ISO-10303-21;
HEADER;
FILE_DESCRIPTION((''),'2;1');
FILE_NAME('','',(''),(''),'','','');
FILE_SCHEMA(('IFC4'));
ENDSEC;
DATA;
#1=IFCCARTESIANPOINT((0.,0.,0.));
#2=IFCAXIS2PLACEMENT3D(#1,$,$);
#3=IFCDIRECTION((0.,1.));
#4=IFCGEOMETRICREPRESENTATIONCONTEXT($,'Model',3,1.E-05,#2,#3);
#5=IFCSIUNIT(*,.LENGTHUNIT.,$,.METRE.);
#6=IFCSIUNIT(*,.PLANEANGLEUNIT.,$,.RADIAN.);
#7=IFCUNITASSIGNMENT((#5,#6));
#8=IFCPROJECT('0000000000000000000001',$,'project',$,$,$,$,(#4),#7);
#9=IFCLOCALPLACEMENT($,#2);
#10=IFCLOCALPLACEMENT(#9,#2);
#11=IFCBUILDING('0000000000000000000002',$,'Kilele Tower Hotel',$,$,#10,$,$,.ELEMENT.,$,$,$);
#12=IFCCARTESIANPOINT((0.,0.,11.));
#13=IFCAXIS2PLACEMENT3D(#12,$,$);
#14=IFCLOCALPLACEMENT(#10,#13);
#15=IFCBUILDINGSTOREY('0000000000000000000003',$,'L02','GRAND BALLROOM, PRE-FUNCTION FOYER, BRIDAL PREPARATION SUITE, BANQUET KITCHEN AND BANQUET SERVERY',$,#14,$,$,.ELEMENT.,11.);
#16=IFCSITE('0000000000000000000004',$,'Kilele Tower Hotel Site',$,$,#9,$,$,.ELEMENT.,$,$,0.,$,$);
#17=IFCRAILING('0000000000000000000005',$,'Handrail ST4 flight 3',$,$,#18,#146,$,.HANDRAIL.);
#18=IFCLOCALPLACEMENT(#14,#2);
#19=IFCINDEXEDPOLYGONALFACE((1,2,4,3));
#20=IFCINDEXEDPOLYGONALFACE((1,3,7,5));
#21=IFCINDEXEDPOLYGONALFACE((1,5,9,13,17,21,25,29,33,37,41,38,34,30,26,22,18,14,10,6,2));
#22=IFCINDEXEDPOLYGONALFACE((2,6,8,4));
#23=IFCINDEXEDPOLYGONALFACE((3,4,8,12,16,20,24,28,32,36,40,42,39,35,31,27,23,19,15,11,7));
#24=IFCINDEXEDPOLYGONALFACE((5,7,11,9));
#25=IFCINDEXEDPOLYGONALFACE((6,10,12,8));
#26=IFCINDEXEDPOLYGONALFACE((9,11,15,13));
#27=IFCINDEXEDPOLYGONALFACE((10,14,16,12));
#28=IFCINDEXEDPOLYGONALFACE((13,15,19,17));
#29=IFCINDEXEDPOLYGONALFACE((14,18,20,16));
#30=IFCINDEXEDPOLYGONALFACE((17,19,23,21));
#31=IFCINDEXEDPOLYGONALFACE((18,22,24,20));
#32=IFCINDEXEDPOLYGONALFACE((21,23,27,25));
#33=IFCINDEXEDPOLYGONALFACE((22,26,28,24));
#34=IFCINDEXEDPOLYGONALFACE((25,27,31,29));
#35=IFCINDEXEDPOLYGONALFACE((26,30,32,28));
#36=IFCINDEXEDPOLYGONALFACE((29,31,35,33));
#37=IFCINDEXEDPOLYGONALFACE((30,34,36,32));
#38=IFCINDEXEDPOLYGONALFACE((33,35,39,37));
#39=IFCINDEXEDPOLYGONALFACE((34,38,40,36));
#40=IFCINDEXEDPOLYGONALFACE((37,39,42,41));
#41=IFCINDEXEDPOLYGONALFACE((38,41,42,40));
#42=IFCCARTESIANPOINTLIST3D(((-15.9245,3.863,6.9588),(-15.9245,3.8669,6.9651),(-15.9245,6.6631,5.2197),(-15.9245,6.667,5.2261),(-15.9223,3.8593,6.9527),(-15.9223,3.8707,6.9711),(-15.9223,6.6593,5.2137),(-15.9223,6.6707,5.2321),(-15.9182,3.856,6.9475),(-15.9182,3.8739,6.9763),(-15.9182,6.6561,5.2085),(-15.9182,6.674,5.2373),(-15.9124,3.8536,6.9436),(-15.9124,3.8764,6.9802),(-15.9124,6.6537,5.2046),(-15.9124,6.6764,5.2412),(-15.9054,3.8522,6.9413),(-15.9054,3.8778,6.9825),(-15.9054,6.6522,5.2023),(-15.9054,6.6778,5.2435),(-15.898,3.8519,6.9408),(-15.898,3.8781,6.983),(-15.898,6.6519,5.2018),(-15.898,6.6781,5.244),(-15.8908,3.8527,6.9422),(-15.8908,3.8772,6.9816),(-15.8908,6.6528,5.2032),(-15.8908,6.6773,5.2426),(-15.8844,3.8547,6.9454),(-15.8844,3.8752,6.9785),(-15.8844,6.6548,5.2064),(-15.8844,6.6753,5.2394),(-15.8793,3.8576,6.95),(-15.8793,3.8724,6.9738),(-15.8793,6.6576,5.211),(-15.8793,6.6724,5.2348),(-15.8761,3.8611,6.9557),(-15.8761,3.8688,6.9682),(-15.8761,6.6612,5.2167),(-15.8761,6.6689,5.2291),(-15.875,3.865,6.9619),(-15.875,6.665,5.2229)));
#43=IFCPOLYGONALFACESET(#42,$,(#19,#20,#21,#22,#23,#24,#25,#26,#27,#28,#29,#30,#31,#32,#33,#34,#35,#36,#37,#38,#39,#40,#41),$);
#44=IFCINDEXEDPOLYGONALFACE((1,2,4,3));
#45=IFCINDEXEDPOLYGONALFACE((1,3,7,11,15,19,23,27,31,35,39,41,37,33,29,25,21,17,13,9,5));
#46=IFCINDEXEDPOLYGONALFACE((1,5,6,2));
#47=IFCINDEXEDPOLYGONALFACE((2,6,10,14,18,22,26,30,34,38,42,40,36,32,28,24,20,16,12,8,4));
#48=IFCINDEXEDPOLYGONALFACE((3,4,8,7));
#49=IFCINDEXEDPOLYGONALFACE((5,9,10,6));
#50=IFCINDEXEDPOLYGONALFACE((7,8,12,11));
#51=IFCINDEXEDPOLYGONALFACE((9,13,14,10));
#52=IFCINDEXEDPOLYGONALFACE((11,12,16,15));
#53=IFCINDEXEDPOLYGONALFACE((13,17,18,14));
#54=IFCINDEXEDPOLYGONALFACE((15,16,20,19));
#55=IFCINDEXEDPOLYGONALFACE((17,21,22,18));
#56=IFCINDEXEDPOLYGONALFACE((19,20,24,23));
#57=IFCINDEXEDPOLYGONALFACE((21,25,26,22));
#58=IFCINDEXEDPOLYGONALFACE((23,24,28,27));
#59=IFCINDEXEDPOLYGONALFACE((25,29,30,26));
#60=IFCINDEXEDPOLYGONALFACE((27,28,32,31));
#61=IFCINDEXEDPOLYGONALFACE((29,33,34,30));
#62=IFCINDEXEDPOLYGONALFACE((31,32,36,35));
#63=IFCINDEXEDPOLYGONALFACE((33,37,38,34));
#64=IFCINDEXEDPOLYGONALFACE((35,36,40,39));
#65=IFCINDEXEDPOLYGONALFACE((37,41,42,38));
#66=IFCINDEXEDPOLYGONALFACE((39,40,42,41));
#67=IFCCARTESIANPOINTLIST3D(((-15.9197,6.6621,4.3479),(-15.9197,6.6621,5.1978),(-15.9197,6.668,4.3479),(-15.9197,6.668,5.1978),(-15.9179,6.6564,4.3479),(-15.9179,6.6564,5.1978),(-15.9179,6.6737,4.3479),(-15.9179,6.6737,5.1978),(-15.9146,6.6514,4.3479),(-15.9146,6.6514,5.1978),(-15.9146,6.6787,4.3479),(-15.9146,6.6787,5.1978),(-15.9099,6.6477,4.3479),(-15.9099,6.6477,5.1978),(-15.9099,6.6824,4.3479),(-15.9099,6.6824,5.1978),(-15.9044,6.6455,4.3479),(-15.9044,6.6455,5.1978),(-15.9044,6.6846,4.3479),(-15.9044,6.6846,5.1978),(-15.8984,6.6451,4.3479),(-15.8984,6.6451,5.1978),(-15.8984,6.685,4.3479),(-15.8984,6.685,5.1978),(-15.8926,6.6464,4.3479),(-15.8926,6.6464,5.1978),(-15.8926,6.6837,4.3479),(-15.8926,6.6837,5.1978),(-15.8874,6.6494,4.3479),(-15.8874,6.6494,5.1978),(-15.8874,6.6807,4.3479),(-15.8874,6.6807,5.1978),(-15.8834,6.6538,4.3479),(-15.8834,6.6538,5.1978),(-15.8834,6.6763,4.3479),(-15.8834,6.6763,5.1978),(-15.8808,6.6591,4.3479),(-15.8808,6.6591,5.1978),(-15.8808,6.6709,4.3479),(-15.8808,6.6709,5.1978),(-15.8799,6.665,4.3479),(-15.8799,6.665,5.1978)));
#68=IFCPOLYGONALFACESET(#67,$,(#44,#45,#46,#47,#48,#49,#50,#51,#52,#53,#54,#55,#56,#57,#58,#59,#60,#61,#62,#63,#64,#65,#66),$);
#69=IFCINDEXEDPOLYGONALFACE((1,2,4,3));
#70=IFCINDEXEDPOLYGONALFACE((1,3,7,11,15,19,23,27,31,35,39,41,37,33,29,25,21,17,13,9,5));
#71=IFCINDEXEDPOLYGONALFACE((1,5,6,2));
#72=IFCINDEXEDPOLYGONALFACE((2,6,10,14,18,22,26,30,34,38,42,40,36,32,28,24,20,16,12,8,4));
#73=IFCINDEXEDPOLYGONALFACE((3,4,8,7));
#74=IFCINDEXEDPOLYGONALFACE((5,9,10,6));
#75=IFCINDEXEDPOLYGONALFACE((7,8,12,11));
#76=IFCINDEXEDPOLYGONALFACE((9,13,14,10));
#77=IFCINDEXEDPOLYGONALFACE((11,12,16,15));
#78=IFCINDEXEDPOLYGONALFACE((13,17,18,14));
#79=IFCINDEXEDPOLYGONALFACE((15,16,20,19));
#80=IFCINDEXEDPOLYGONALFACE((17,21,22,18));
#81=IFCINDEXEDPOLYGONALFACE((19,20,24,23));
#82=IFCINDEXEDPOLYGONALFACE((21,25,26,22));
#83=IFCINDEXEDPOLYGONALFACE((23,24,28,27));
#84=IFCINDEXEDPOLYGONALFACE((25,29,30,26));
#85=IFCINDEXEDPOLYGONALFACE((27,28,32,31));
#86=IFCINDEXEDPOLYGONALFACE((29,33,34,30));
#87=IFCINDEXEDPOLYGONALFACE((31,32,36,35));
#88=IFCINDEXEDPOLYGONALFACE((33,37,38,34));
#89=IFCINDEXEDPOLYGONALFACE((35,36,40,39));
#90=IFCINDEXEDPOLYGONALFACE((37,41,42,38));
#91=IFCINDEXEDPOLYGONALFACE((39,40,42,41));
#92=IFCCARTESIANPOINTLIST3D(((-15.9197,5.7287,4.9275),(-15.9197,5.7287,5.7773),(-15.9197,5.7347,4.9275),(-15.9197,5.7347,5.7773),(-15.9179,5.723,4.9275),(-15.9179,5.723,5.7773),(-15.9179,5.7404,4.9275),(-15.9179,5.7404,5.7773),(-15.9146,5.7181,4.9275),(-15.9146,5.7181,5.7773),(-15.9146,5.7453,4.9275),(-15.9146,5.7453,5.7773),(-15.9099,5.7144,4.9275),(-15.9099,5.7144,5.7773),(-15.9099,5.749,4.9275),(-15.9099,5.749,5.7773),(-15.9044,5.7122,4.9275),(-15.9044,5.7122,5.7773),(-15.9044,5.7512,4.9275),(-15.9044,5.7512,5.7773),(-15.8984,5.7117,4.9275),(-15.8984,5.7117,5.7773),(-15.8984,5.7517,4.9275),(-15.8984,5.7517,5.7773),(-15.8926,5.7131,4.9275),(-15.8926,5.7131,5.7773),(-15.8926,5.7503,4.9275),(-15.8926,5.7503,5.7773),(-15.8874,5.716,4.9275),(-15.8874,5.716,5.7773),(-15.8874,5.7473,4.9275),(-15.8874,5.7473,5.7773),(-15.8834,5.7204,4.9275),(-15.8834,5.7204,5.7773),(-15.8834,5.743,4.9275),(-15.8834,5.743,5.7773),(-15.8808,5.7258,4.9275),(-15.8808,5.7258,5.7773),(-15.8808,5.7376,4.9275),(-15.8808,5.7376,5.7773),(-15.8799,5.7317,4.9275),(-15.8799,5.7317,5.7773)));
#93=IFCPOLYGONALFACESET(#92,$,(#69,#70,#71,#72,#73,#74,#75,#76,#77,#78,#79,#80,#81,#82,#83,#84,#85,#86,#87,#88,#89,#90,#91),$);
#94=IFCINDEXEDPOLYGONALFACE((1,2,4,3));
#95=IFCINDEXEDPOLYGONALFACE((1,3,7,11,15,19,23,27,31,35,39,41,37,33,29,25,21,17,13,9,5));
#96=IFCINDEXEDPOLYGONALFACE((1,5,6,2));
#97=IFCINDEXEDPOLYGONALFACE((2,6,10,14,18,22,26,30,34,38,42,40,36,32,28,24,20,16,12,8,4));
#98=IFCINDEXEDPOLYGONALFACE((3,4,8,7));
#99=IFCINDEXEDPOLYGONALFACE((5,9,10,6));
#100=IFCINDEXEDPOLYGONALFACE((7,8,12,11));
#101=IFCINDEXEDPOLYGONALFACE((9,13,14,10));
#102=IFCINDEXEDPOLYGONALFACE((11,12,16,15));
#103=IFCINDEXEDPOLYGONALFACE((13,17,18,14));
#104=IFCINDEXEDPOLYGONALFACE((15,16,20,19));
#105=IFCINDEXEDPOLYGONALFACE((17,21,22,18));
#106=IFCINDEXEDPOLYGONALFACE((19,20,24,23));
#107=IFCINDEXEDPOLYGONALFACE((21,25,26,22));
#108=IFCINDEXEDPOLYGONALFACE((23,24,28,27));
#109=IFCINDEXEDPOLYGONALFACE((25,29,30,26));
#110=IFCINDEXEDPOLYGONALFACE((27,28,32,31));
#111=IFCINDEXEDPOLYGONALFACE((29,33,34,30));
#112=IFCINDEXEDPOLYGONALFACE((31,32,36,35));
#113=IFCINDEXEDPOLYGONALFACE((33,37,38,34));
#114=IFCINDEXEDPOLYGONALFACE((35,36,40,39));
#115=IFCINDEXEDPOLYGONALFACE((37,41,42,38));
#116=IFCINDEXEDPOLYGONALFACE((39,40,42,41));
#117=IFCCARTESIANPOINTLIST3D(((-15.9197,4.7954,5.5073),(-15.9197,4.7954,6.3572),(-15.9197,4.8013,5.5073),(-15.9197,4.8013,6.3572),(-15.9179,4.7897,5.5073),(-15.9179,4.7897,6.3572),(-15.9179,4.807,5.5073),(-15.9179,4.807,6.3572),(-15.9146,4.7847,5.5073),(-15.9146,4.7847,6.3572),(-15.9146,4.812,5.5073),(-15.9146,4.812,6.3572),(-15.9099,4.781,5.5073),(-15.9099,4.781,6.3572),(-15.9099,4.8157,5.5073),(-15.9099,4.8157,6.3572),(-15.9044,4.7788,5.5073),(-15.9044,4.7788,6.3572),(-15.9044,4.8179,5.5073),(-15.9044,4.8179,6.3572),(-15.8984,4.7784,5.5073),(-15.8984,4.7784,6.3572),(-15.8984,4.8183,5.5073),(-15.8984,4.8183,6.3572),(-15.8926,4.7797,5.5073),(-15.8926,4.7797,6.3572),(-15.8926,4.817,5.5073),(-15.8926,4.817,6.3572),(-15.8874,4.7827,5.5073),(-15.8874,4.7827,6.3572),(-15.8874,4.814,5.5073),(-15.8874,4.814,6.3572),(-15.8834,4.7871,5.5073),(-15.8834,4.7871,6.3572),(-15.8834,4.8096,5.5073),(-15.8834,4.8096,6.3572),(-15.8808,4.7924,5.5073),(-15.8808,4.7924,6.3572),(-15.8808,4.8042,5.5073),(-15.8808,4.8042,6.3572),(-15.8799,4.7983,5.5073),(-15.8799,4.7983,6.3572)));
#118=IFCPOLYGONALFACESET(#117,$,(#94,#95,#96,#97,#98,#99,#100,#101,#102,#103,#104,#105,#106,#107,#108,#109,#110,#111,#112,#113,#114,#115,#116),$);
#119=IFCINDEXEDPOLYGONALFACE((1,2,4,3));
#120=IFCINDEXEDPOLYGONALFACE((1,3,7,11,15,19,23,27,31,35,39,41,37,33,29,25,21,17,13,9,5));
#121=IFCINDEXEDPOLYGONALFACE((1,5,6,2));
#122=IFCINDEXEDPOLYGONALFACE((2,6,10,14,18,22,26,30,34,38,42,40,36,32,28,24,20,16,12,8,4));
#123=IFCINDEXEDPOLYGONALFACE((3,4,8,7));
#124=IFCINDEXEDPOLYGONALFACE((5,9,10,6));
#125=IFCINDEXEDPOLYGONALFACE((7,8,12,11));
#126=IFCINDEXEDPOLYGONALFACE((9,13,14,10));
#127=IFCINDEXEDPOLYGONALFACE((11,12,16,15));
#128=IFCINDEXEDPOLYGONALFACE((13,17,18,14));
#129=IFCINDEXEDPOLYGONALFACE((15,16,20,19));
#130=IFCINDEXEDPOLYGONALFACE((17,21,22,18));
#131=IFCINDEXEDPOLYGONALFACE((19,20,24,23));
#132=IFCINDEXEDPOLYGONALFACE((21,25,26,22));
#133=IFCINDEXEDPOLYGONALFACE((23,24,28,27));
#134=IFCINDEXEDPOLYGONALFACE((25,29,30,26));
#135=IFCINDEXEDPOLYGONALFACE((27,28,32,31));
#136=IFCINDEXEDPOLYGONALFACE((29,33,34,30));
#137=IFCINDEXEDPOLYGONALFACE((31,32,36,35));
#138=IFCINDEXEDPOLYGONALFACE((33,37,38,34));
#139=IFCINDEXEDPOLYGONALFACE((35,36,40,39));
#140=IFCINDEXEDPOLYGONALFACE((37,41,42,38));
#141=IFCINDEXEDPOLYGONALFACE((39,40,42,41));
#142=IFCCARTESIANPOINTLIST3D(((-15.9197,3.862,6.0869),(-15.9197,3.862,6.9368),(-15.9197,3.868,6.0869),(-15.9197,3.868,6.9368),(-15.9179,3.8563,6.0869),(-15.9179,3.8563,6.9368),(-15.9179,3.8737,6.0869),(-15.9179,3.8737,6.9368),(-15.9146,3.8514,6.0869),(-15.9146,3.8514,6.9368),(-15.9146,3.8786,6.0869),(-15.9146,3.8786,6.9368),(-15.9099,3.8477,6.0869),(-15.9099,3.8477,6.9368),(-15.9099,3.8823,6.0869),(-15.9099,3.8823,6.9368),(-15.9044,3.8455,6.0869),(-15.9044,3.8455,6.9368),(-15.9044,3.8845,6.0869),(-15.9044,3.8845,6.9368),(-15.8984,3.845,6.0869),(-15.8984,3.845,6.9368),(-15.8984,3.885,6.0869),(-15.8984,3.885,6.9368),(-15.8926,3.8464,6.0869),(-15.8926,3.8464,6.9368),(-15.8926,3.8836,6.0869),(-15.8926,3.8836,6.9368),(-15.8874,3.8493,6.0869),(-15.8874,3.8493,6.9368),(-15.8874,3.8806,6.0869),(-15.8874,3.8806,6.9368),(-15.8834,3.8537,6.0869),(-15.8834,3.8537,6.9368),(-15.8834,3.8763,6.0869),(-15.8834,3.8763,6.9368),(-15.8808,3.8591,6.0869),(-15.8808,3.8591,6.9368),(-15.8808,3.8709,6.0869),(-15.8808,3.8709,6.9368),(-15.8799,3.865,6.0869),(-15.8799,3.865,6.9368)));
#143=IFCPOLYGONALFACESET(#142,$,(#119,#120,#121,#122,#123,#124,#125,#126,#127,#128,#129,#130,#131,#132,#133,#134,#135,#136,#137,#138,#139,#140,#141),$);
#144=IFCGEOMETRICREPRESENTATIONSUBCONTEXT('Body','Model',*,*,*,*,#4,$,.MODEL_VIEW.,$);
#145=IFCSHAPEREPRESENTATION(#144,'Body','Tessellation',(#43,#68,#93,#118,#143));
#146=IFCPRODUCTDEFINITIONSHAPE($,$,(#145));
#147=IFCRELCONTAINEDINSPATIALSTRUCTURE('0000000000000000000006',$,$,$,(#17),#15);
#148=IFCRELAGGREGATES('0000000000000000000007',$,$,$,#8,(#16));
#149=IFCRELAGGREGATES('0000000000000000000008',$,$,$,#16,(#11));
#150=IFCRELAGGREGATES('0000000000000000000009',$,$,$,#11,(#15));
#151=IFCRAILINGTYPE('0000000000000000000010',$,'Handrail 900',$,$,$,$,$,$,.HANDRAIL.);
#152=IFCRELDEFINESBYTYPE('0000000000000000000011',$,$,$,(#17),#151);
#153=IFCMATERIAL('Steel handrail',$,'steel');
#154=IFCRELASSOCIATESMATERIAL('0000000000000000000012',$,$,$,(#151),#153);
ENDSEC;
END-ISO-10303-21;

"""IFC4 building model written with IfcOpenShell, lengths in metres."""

from ifc_helpers import new_model, si_unit, direction, frame, origin, origin_2d, place, context, subcontext, project, spatial, circle, extrude, material, type_object, element, save


model = new_model("IFC4")

# Units and contexts
model_context = context("Model", 3, precision=1e-05, world=origin(), true_north=direction((0.0, 1.0)))
body_context = subcontext(model_context, "Body", "Model", "MODEL_VIEW")
ifc_project = project(units=[si_unit("LENGTHUNIT", "METRE"), si_unit("PLANEANGLEUNIT", "RADIAN")], contexts=[model_context])

# Site, building, storey
site_placement = place(None, origin())
site = spatial("IfcSite", under=ifc_project, at=site_placement, Name="Kilele Tower Hotel Site", CompositionType="ELEMENT", RefElevation=0.0)
building_placement = place(site_placement, origin())
building = spatial("IfcBuilding", under=site, at=building_placement, Name="Kilele Tower Hotel", CompositionType="ELEMENT")
storey_placement = place(building_placement, frame((0.0, 0.0, 11.0)))
storey = spatial("IfcBuildingStorey", under=building, at=storey_placement, Name="L02", Description="GRAND BALLROOM, PRE-FUNCTION FOYER, BRIDAL PREPARATION SUITE, BANQUET KITCHEN AND BANQUET SERVERY", CompositionType="ELEMENT", Elevation=11.0)

# Railing
ifc_material_1 = material(Name="Steel handrail", Category="steel")
railing_type_1 = type_object("IfcRailingType", Name="Handrail 900", PredefinedType="HANDRAIL", material=ifc_material_1)
for number, where, name in (
    (1, (-15.8999, 6.665, 4.3479), "Handrail ST4 flight 3"),
):
    element("IfcRailing", number, at=place(storey_placement, frame(where)), inside=storey, type_object=railing_type_1, Name=name, PredefinedType="HANDRAIL", context=body_context, shape_type="SweptSolid", body=[
        extrude(circle(Radius=0.0249, at=origin_2d()), frame((0.0, 0.0, 0.875), z_axis=(0.0, -0.849497, 0.527593), x_axis=(1.0, 0.0, 0.0)), (0.0, 0.0, 1.0), 3.2961),
        extrude(circle(Radius=0.02, at=origin_2d()), origin(), (0.0, 0.0, 1.0), 0.8499),
        extrude(circle(Radius=0.02, at=origin_2d()), frame((0.0, -0.9333, 0.5796)), (0.0, 0.0, 1.0), 0.8499),
        extrude(circle(Radius=0.02, at=origin_2d()), frame((0.0, -1.8667, 1.1594)), (0.0, 0.0, 1.0), 0.8499),
        extrude(circle(Radius=0.02, at=origin_2d()), frame((0.0, -2.8, 1.739)), (0.0, 0.0, 1.0), 0.8499),
    ])

save(model, "model.ifc")
